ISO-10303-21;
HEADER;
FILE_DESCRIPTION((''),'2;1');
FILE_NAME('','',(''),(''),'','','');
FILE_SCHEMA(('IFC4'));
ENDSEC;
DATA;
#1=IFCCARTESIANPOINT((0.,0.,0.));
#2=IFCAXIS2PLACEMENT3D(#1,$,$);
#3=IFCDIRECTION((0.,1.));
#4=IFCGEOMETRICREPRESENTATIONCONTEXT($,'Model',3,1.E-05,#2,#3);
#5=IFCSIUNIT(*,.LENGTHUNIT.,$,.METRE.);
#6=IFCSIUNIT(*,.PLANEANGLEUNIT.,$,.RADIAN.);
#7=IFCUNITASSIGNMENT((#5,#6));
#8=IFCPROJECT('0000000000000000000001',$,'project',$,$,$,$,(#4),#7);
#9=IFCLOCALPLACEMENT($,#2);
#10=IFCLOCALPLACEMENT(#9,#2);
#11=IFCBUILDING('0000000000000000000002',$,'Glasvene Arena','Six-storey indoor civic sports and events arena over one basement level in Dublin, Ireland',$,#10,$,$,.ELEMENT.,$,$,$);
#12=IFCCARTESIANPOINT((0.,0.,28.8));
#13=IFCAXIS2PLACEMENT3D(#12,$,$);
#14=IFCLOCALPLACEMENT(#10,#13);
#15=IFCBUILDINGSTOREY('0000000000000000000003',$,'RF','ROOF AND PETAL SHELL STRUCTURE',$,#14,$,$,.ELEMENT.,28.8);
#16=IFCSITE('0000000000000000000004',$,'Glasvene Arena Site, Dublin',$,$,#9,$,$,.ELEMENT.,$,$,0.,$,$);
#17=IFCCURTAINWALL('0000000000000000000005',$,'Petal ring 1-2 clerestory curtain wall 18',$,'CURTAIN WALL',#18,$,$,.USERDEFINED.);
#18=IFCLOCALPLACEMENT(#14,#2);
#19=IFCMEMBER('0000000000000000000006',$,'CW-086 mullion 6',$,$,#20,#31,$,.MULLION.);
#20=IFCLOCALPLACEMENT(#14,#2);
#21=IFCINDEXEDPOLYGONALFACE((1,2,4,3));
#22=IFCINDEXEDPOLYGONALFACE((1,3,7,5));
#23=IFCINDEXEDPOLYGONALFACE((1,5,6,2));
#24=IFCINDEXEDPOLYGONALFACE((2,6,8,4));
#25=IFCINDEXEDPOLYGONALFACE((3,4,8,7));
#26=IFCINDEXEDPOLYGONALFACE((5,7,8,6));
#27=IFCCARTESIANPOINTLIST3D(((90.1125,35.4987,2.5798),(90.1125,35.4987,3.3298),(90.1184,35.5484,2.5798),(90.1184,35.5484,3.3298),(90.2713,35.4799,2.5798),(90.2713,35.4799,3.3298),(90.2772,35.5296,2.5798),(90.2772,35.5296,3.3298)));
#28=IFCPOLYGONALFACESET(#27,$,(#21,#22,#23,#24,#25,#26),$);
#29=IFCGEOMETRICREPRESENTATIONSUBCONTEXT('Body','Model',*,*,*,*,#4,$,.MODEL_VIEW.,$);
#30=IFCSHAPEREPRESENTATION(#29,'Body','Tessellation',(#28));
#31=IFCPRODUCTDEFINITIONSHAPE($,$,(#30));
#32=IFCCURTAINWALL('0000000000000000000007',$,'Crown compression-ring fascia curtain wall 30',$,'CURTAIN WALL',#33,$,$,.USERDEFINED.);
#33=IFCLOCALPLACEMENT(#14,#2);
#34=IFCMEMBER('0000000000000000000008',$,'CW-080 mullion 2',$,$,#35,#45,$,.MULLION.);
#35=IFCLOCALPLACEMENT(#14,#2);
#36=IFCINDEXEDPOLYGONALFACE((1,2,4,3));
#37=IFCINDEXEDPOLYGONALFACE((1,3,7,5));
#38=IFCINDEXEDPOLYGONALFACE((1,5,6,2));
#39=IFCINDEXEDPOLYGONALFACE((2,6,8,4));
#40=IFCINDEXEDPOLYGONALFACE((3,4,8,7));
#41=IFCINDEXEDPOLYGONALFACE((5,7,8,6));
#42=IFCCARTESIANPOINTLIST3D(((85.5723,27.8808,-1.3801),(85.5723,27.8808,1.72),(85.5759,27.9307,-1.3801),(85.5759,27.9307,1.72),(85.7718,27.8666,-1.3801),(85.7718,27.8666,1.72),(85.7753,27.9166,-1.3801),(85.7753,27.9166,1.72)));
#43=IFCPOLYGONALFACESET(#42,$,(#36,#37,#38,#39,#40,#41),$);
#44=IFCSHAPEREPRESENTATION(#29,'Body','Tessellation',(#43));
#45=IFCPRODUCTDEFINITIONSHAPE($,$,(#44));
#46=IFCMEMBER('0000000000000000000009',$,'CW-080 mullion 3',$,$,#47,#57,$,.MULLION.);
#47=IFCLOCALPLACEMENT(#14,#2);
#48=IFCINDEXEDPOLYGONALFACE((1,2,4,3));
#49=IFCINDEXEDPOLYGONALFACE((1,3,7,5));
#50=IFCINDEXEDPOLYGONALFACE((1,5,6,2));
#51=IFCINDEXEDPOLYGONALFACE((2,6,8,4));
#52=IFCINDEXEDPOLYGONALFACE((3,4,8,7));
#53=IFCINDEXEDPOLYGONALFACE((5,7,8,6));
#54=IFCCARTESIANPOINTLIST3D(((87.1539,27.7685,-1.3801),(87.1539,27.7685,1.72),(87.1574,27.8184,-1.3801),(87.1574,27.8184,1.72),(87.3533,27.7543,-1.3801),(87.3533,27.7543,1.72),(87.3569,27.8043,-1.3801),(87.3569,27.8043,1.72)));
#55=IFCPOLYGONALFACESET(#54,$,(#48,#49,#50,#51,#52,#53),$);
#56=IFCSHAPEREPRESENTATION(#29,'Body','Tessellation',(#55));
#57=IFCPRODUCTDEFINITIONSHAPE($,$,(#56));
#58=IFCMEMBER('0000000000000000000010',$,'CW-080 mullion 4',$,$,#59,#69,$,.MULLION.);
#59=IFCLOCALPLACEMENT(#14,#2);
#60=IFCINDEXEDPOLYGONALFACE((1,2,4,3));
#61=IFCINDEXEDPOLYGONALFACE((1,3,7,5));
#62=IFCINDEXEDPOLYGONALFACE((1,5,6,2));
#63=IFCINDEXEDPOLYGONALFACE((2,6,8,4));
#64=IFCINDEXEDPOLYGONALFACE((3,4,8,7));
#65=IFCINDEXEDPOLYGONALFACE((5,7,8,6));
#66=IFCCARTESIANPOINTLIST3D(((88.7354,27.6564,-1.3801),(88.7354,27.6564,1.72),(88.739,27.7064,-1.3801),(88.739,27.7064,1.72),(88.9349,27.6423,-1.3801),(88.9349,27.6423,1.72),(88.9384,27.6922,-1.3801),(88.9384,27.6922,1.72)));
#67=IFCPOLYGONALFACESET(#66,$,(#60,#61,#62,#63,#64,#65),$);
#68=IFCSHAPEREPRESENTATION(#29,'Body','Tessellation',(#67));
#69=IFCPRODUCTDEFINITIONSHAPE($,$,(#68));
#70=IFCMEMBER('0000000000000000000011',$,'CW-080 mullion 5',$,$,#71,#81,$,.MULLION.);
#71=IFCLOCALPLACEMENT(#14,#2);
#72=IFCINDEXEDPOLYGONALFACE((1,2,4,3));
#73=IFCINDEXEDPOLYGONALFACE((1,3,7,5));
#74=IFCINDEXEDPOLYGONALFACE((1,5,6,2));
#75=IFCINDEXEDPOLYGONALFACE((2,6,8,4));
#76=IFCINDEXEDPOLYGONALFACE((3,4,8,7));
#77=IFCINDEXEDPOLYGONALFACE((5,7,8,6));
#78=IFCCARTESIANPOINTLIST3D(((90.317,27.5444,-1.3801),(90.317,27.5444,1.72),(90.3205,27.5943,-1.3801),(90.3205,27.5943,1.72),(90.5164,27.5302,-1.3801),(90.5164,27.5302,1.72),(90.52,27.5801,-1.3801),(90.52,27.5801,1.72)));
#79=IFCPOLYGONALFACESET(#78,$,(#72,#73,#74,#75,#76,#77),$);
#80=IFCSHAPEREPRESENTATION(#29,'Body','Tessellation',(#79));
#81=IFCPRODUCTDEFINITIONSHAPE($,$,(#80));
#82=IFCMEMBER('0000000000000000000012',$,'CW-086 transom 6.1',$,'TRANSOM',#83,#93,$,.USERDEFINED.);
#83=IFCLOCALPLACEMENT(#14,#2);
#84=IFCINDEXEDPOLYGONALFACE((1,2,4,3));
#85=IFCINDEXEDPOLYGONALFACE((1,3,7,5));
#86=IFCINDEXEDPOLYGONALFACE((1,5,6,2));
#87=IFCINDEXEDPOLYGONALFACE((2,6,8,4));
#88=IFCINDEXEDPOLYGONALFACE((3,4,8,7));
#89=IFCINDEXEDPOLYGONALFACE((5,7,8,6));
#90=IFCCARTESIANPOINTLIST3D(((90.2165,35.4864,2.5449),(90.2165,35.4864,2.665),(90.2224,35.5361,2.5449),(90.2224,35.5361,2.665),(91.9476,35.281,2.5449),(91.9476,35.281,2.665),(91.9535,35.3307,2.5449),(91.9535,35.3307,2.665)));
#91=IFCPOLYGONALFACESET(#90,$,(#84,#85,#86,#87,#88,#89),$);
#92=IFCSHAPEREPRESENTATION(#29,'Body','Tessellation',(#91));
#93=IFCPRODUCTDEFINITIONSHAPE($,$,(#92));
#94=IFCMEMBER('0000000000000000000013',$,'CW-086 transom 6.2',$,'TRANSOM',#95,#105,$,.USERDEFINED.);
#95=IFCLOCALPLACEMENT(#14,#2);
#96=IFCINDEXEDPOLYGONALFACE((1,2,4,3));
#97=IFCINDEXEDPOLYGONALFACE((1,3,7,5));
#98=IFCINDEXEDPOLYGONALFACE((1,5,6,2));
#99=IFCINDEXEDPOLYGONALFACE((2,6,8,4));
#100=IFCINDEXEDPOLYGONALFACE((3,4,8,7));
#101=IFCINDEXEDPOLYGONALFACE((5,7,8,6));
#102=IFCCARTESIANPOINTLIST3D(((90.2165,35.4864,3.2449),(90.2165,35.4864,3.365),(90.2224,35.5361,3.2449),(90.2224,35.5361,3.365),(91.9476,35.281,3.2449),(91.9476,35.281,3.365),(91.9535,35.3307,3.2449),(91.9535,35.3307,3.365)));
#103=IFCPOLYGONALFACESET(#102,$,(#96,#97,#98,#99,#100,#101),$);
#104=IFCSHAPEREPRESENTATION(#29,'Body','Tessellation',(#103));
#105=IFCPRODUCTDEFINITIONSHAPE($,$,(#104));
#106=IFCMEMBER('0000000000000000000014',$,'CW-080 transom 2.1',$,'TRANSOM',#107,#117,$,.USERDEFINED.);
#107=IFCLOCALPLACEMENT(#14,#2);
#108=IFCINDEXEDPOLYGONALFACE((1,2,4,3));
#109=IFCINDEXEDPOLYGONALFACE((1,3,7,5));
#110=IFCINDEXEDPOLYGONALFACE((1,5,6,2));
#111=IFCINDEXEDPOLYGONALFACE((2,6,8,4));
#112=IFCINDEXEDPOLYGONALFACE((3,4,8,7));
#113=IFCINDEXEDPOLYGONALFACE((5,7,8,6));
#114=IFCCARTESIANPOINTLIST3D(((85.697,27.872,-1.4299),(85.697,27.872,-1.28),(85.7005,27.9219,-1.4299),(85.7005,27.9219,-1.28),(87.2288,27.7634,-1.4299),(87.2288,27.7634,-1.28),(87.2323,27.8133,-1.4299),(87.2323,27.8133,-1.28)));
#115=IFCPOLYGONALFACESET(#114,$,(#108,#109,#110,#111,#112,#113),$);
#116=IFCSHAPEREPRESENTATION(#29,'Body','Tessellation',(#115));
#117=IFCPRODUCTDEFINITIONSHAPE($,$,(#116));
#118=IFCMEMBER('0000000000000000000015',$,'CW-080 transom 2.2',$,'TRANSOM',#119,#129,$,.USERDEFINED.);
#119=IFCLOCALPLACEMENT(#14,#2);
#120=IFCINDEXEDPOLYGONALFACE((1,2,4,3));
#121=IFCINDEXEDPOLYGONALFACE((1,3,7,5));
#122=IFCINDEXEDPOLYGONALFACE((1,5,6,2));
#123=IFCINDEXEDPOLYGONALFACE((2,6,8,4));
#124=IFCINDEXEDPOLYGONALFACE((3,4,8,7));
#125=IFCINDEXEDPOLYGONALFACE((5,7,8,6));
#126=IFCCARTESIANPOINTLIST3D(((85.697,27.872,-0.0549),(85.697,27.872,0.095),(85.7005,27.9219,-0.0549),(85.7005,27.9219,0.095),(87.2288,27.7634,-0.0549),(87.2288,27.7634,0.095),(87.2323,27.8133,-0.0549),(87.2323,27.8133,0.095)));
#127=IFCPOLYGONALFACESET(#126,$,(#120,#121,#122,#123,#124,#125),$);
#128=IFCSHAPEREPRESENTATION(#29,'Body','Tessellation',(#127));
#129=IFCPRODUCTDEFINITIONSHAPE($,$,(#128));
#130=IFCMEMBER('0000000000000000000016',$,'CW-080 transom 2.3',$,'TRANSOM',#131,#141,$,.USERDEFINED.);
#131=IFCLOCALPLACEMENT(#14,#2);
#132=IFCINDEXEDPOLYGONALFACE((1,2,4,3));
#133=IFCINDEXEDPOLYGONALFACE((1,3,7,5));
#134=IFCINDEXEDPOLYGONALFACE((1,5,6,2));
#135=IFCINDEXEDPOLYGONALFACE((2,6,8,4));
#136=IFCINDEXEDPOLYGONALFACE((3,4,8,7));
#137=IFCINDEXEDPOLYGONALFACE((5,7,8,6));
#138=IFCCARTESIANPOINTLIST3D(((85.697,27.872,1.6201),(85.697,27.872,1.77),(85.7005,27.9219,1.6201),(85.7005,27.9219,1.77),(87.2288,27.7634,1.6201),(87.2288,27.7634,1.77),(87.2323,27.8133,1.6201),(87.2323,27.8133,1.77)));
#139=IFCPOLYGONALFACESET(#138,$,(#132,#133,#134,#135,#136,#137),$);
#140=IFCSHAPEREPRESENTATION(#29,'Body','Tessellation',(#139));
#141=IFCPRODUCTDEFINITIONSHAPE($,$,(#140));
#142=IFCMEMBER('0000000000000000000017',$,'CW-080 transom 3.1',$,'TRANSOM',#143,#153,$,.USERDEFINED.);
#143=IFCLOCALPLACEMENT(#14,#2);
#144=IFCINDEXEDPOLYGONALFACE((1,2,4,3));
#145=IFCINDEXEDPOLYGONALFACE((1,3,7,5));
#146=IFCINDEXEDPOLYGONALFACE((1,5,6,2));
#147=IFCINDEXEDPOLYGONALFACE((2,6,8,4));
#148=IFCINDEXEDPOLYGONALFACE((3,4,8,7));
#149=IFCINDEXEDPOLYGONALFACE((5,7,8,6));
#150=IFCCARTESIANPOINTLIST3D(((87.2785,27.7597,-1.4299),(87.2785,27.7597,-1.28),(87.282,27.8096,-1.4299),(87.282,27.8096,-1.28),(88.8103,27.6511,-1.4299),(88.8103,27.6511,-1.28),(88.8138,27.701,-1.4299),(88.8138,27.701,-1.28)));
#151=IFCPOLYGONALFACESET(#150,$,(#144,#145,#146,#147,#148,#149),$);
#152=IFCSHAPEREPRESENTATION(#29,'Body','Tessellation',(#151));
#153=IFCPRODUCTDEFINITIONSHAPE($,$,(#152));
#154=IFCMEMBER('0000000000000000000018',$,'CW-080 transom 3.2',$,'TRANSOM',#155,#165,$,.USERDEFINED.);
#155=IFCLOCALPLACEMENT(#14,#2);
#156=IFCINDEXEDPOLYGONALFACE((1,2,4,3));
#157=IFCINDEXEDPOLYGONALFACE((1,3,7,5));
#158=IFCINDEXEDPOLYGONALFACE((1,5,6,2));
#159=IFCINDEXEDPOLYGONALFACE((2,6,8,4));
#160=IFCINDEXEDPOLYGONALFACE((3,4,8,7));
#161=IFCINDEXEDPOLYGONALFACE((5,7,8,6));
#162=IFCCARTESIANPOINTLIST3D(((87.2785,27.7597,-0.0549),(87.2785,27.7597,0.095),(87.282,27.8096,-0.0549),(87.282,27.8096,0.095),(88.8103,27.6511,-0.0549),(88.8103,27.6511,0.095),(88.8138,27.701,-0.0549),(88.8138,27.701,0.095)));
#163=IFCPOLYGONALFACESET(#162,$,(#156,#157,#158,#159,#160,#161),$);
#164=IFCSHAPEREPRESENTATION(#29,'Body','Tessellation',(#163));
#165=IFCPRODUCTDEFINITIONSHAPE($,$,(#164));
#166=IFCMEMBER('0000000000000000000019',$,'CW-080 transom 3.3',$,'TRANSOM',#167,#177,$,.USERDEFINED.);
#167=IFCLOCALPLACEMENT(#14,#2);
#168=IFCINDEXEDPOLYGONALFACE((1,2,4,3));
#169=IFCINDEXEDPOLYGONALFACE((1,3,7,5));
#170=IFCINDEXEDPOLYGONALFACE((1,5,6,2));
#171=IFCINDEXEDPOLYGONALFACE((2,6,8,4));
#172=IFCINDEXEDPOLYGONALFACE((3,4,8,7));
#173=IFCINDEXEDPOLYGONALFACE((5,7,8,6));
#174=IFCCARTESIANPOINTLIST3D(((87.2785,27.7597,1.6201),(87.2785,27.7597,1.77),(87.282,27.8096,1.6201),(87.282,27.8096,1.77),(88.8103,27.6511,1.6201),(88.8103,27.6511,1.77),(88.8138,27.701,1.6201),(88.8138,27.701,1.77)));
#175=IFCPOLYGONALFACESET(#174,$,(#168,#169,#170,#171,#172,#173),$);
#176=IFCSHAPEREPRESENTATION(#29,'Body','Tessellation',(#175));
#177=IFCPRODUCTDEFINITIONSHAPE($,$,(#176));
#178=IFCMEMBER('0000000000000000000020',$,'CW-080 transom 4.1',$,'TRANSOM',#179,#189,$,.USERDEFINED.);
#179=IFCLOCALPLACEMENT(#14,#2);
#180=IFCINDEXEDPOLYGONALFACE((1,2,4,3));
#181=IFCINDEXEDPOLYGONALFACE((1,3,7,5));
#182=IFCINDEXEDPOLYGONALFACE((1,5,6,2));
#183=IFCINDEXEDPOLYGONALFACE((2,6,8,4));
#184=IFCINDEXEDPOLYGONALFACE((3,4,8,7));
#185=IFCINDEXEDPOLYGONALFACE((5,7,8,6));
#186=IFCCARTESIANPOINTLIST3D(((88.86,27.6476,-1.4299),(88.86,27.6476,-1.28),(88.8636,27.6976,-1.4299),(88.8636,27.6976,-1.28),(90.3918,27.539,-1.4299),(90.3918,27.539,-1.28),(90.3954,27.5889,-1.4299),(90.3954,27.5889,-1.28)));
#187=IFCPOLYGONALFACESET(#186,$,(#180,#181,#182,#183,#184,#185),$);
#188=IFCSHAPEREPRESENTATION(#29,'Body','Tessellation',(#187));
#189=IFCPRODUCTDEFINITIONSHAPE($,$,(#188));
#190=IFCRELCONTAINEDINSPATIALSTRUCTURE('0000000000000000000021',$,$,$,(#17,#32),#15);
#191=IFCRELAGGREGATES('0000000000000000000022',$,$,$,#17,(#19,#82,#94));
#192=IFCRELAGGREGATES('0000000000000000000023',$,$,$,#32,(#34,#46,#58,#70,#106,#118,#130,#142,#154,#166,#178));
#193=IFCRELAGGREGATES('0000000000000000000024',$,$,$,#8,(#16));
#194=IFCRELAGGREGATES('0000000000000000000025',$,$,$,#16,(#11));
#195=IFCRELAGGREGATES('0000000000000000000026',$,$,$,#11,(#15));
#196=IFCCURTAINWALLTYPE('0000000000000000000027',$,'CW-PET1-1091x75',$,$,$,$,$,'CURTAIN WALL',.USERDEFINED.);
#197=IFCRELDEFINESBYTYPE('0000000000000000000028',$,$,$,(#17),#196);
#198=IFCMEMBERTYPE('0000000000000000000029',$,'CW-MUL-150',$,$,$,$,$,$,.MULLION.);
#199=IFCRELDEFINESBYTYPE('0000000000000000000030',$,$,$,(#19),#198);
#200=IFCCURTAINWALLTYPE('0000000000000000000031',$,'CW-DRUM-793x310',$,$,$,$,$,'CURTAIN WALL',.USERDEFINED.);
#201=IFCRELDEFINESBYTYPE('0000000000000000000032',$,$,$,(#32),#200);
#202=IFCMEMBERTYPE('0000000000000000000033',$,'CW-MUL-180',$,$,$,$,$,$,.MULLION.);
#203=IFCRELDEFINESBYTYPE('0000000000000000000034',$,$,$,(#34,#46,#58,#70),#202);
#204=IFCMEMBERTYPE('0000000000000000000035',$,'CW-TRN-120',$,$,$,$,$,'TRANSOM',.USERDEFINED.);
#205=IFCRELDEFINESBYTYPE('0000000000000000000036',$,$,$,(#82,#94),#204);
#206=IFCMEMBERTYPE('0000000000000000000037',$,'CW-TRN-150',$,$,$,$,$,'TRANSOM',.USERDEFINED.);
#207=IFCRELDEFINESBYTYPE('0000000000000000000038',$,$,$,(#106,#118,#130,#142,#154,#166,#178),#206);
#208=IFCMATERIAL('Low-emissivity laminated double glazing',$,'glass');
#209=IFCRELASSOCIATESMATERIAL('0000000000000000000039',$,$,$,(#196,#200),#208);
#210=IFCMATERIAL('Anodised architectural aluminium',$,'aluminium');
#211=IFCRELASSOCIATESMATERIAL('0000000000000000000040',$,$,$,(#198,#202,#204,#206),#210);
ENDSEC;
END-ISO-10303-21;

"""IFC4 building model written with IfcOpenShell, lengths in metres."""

from ifc_helpers import new_model, si_unit, direction, frame, origin, origin_2d, place, context, subcontext, project, spatial, rectangle, extrude, material, material_profile, profile_set, type_object, element, aggregate, save


model = new_model("IFC4")

# Units and contexts
model_context = context("Model", 3, precision=1e-05, world=origin(), true_north=direction((0.0, 1.0)))
body_context = subcontext(model_context, "Body", "Model", "MODEL_VIEW")
ifc_project = project(units=[si_unit("LENGTHUNIT", "METRE"), si_unit("PLANEANGLEUNIT", "RADIAN")], contexts=[model_context])

# Site, building, storey
site_placement = place(None, origin())
site = spatial("IfcSite", under=ifc_project, at=site_placement, Name="Glasvene Arena Site, Dublin", CompositionType="ELEMENT", RefElevation=0.0)
building_placement = place(site_placement, origin())
building = spatial("IfcBuilding", under=site, at=building_placement, Name="Glasvene Arena", Description="Six-storey indoor civic sports and events arena over one basement level in Dublin, Ireland", CompositionType="ELEMENT")
storey_placement = place(building_placement, frame((0.0, 0.0, 28.8)))
storey = spatial("IfcBuildingStorey", under=building, at=storey_placement, Name="RF", Description="ROOF AND PETAL SHELL STRUCTURE", CompositionType="ELEMENT", Elevation=28.8)

# Curtain wall, member
ifc_material_1 = material(Name="Low-emissivity laminated double glazing", Category="glass")
curtain_wall_type_1 = type_object("IfcCurtainWallType", Name="CW-PET1-1091x75", ElementType="CURTAIN WALL", PredefinedType="USERDEFINED", material=ifc_material_1)
curtain_wall_1_placement = place(storey_placement, frame((81.1685, 36.5847, 0.0)))
curtain_wall_1 = element("IfcCurtainWall", 1, at=curtain_wall_1_placement, inside=storey, type_object=curtain_wall_type_1, Name="Petal ring 1-2 clerestory curtain wall 18", ObjectType="CURTAIN WALL", PredefinedType="USERDEFINED")
ifc_material_2 = material(Name="Anodised architectural aluminium", Category="aluminium")
ifc_material_profile_1 = material_profile(ifc_material_2, rectangle(XDim=0.05, YDim=0.1599, at=origin_2d()), Name="ALU MULLION 50x160")
ifc_profile_set_1 = profile_set([ifc_material_profile_1], Name="Anodised architectural aluminium")
member_type_1 = type_object("IfcMemberType", Name="CW-MUL-150", PredefinedType="MULLION", material=ifc_profile_set_1)
member_1_placement = place(storey_placement, frame((90.1948, 35.5142, 2.5798), z_axis=(0.0, 0.0, 1.0), x_axis=(0.117772, 0.993041, 0.0)))
member_1 = element("IfcMember", 2, at=member_1_placement, type_object=member_type_1, Name="CW-086 mullion 6", PredefinedType="MULLION", context=body_context, shape_type="SweptSolid", body=[
    extrude(rectangle(XDim=0.05, YDim=0.1599, at=origin_2d()), origin(), (0.0, 0.0, 1.0), 0.75),
])

# Curtain wall, members
curtain_wall_type_2 = type_object("IfcCurtainWallType", Name="CW-DRUM-793x310", ElementType="CURTAIN WALL", PredefinedType="USERDEFINED", material=ifc_material_1)
curtain_wall_2_placement = place(storey_placement, frame((84.0923, 28.0107, 0.0)))
curtain_wall_2 = element("IfcCurtainWall", 3, at=curtain_wall_2_placement, inside=storey, type_object=curtain_wall_type_2, Name="Crown compression-ring fascia curtain wall 30", ObjectType="CURTAIN WALL", PredefinedType="USERDEFINED")
ifc_material_profile_2 = material_profile(ifc_material_2, rectangle(XDim=0.05, YDim=0.2, at=origin_2d()), Name="ALU MULLION 50x200")
ifc_profile_set_2 = profile_set([ifc_material_profile_2], Name="Anodised architectural aluminium")
member_type_2 = type_object("IfcMemberType", Name="CW-MUL-180", PredefinedType="MULLION", material=ifc_profile_set_2)
member_2_placement = place(storey_placement, frame((85.6738, 27.8987, -1.3801), z_axis=(0.0, 0.0, 1.0), x_axis=(0.07074, 0.997495, 0.0)))
member_2 = element("IfcMember", 4, at=member_2_placement, type_object=member_type_2, Name="CW-080 mullion 2", PredefinedType="MULLION", context=body_context, shape_type="SweptSolid", body=[
    extrude(rectangle(XDim=0.05, YDim=0.2, at=origin_2d()), origin(), (0.0, 0.0, 1.0), 3.1001),
])
member_3_placement = place(storey_placement, frame((87.2554, 27.7864, -1.3801), z_axis=(0.0, 0.0, 1.0), x_axis=(0.07074, 0.997495, 0.0)))
member_3 = element("IfcMember", 5, at=member_3_placement, type_object=member_type_2, Name="CW-080 mullion 3", PredefinedType="MULLION", context=body_context, shape_type="SweptSolid", body=[
    extrude(rectangle(XDim=0.05, YDim=0.2, at=origin_2d()), origin(), (0.0, 0.0, 1.0), 3.1001),
])
member_4_placement = place(storey_placement, frame((88.8369, 27.6743, -1.3801), z_axis=(0.0, 0.0, 1.0), x_axis=(0.07074, 0.997495, 0.0)))
member_4 = element("IfcMember", 6, at=member_4_placement, type_object=member_type_2, Name="CW-080 mullion 4", PredefinedType="MULLION", context=body_context, shape_type="SweptSolid", body=[
    extrude(rectangle(XDim=0.05, YDim=0.2, at=origin_2d()), origin(), (0.0, 0.0, 1.0), 3.1001),
])
member_5_placement = place(storey_placement, frame((90.4185, 27.5623, -1.3801), z_axis=(0.0, 0.0, 1.0), x_axis=(0.07074, 0.997495, 0.0)))
member_5 = element("IfcMember", 7, at=member_5_placement, type_object=member_type_2, Name="CW-080 mullion 5", PredefinedType="MULLION", context=body_context, shape_type="SweptSolid", body=[
    extrude(rectangle(XDim=0.05, YDim=0.2, at=origin_2d()), origin(), (0.0, 0.0, 1.0), 3.1001),
])

# Members
ifc_material_profile_3 = material_profile(ifc_material_2, rectangle(XDim=0.05, YDim=0.1201, at=origin_2d()), Name="ALU TRANSOM 50x120")
ifc_profile_set_3 = profile_set([ifc_material_profile_3], Name="Anodised architectural aluminium")
member_type_3 = type_object("IfcMemberType", Name="CW-TRN-120", ElementType="TRANSOM", PredefinedType="USERDEFINED", material=ifc_profile_set_3)
member_6_placement = place(storey_placement, frame((90.2195, 35.5112, 2.605), z_axis=(0.993038, -0.117792, 0.0), x_axis=(0.117792, 0.993038, 0.0)))
member_6 = element("IfcMember", 8, at=member_6_placement, type_object=member_type_3, Name="CW-086 transom 6.1", ObjectType="TRANSOM", PredefinedType="USERDEFINED", context=body_context, shape_type="SweptSolid", body=[
    extrude(rectangle(XDim=0.05, YDim=0.1201, at=origin_2d()), origin(), (0.0, 0.0, 1.0), 1.7432),
])
member_7_placement = place(storey_placement, frame((90.2195, 35.5112, 3.3049), z_axis=(0.993038, -0.117792, 0.0), x_axis=(0.117792, 0.993038, 0.0)))
member_7 = element("IfcMember", 9, at=member_7_placement, type_object=member_type_3, Name="CW-086 transom 6.2", ObjectType="TRANSOM", PredefinedType="USERDEFINED", context=body_context, shape_type="SweptSolid", body=[
    extrude(rectangle(XDim=0.05, YDim=0.1201, at=origin_2d()), origin(), (0.0, 0.0, 1.0), 1.7432),
])
ifc_material_profile_4 = material_profile(ifc_material_2, rectangle(XDim=0.05, YDim=0.1499, at=origin_2d()), Name="ALU TRANSOM 50x150")
ifc_profile_set_4 = profile_set([ifc_material_profile_4], Name="Anodised architectural aluminium")
member_type_4 = type_object("IfcMemberType", Name="CW-TRN-150", ElementType="TRANSOM", PredefinedType="USERDEFINED", material=ifc_profile_set_4)
member_8_placement = place(storey_placement, frame((85.6987, 27.897, -1.355), z_axis=(0.997494, -0.07075, 0.0), x_axis=(0.07075, 0.997494, 0.0)))
member_8 = element("IfcMember", 10, at=member_8_placement, type_object=member_type_4, Name="CW-080 transom 2.1", ObjectType="TRANSOM", PredefinedType="USERDEFINED", context=body_context, shape_type="SweptSolid", body=[
    extrude(rectangle(XDim=0.05, YDim=0.1499, at=origin_2d()), origin(), (0.0, 0.0, 1.0), 1.5356),
])
member_9_placement = place(storey_placement, frame((85.6987, 27.897, 0.02), z_axis=(0.997494, -0.07075, 0.0), x_axis=(0.07075, 0.997494, 0.0)))
member_9 = element("IfcMember", 11, at=member_9_placement, type_object=member_type_4, Name="CW-080 transom 2.2", ObjectType="TRANSOM", PredefinedType="USERDEFINED", context=body_context, shape_type="SweptSolid", body=[
    extrude(rectangle(XDim=0.05, YDim=0.1499, at=origin_2d()), origin(), (0.0, 0.0, 1.0), 1.5356),
])
member_10_placement = place(storey_placement, frame((85.6987, 27.897, 1.6951), z_axis=(0.997494, -0.07075, 0.0), x_axis=(0.07075, 0.997494, 0.0)))
member_10 = element("IfcMember", 12, at=member_10_placement, type_object=member_type_4, Name="CW-080 transom 2.3", ObjectType="TRANSOM", PredefinedType="USERDEFINED", context=body_context, shape_type="SweptSolid", body=[
    extrude(rectangle(XDim=0.05, YDim=0.1499, at=origin_2d()), origin(), (0.0, 0.0, 1.0), 1.5356),
])
member_11_placement = place(storey_placement, frame((87.2803, 27.7847, -1.355), z_axis=(0.997494, -0.07075, 0.0), x_axis=(0.07075, 0.997494, 0.0)))
member_11 = element("IfcMember", 13, at=member_11_placement, type_object=member_type_4, Name="CW-080 transom 3.1", ObjectType="TRANSOM", PredefinedType="USERDEFINED", context=body_context, shape_type="SweptSolid", body=[
    extrude(rectangle(XDim=0.05, YDim=0.1499, at=origin_2d()), origin(), (0.0, 0.0, 1.0), 1.5356),
])
member_12_placement = place(storey_placement, frame((87.2803, 27.7847, 0.02), z_axis=(0.997494, -0.07075, 0.0), x_axis=(0.07075, 0.997494, 0.0)))
member_12 = element("IfcMember", 14, at=member_12_placement, type_object=member_type_4, Name="CW-080 transom 3.2", ObjectType="TRANSOM", PredefinedType="USERDEFINED", context=body_context, shape_type="SweptSolid", body=[
    extrude(rectangle(XDim=0.05, YDim=0.1499, at=origin_2d()), origin(), (0.0, 0.0, 1.0), 1.5356),
])
member_13_placement = place(storey_placement, frame((87.2803, 27.7847, 1.6951), z_axis=(0.997494, -0.07075, 0.0), x_axis=(0.07075, 0.997494, 0.0)))
member_13 = element("IfcMember", 15, at=member_13_placement, type_object=member_type_4, Name="CW-080 transom 3.3", ObjectType="TRANSOM", PredefinedType="USERDEFINED", context=body_context, shape_type="SweptSolid", body=[
    extrude(rectangle(XDim=0.05, YDim=0.1499, at=origin_2d()), origin(), (0.0, 0.0, 1.0), 1.5356),
])
member_14_placement = place(storey_placement, frame((88.8618, 27.6726, -1.355), z_axis=(0.997494, -0.07075, 0.0), x_axis=(0.07075, 0.997494, 0.0)))
member_14 = element("IfcMember", 16, at=member_14_placement, type_object=member_type_4, Name="CW-080 transom 4.1", ObjectType="TRANSOM", PredefinedType="USERDEFINED", context=body_context, shape_type="SweptSolid", body=[
    extrude(rectangle(XDim=0.05, YDim=0.1499, at=origin_2d()), origin(), (0.0, 0.0, 1.0), 1.5356),
])

aggregate(curtain_wall_1, [member_1, member_6, member_7])
aggregate(curtain_wall_2, [member_2, member_3, member_4, member_5, member_8, member_9, member_10, member_11, member_12, member_13, member_14])

save(model, "model.ifc")
